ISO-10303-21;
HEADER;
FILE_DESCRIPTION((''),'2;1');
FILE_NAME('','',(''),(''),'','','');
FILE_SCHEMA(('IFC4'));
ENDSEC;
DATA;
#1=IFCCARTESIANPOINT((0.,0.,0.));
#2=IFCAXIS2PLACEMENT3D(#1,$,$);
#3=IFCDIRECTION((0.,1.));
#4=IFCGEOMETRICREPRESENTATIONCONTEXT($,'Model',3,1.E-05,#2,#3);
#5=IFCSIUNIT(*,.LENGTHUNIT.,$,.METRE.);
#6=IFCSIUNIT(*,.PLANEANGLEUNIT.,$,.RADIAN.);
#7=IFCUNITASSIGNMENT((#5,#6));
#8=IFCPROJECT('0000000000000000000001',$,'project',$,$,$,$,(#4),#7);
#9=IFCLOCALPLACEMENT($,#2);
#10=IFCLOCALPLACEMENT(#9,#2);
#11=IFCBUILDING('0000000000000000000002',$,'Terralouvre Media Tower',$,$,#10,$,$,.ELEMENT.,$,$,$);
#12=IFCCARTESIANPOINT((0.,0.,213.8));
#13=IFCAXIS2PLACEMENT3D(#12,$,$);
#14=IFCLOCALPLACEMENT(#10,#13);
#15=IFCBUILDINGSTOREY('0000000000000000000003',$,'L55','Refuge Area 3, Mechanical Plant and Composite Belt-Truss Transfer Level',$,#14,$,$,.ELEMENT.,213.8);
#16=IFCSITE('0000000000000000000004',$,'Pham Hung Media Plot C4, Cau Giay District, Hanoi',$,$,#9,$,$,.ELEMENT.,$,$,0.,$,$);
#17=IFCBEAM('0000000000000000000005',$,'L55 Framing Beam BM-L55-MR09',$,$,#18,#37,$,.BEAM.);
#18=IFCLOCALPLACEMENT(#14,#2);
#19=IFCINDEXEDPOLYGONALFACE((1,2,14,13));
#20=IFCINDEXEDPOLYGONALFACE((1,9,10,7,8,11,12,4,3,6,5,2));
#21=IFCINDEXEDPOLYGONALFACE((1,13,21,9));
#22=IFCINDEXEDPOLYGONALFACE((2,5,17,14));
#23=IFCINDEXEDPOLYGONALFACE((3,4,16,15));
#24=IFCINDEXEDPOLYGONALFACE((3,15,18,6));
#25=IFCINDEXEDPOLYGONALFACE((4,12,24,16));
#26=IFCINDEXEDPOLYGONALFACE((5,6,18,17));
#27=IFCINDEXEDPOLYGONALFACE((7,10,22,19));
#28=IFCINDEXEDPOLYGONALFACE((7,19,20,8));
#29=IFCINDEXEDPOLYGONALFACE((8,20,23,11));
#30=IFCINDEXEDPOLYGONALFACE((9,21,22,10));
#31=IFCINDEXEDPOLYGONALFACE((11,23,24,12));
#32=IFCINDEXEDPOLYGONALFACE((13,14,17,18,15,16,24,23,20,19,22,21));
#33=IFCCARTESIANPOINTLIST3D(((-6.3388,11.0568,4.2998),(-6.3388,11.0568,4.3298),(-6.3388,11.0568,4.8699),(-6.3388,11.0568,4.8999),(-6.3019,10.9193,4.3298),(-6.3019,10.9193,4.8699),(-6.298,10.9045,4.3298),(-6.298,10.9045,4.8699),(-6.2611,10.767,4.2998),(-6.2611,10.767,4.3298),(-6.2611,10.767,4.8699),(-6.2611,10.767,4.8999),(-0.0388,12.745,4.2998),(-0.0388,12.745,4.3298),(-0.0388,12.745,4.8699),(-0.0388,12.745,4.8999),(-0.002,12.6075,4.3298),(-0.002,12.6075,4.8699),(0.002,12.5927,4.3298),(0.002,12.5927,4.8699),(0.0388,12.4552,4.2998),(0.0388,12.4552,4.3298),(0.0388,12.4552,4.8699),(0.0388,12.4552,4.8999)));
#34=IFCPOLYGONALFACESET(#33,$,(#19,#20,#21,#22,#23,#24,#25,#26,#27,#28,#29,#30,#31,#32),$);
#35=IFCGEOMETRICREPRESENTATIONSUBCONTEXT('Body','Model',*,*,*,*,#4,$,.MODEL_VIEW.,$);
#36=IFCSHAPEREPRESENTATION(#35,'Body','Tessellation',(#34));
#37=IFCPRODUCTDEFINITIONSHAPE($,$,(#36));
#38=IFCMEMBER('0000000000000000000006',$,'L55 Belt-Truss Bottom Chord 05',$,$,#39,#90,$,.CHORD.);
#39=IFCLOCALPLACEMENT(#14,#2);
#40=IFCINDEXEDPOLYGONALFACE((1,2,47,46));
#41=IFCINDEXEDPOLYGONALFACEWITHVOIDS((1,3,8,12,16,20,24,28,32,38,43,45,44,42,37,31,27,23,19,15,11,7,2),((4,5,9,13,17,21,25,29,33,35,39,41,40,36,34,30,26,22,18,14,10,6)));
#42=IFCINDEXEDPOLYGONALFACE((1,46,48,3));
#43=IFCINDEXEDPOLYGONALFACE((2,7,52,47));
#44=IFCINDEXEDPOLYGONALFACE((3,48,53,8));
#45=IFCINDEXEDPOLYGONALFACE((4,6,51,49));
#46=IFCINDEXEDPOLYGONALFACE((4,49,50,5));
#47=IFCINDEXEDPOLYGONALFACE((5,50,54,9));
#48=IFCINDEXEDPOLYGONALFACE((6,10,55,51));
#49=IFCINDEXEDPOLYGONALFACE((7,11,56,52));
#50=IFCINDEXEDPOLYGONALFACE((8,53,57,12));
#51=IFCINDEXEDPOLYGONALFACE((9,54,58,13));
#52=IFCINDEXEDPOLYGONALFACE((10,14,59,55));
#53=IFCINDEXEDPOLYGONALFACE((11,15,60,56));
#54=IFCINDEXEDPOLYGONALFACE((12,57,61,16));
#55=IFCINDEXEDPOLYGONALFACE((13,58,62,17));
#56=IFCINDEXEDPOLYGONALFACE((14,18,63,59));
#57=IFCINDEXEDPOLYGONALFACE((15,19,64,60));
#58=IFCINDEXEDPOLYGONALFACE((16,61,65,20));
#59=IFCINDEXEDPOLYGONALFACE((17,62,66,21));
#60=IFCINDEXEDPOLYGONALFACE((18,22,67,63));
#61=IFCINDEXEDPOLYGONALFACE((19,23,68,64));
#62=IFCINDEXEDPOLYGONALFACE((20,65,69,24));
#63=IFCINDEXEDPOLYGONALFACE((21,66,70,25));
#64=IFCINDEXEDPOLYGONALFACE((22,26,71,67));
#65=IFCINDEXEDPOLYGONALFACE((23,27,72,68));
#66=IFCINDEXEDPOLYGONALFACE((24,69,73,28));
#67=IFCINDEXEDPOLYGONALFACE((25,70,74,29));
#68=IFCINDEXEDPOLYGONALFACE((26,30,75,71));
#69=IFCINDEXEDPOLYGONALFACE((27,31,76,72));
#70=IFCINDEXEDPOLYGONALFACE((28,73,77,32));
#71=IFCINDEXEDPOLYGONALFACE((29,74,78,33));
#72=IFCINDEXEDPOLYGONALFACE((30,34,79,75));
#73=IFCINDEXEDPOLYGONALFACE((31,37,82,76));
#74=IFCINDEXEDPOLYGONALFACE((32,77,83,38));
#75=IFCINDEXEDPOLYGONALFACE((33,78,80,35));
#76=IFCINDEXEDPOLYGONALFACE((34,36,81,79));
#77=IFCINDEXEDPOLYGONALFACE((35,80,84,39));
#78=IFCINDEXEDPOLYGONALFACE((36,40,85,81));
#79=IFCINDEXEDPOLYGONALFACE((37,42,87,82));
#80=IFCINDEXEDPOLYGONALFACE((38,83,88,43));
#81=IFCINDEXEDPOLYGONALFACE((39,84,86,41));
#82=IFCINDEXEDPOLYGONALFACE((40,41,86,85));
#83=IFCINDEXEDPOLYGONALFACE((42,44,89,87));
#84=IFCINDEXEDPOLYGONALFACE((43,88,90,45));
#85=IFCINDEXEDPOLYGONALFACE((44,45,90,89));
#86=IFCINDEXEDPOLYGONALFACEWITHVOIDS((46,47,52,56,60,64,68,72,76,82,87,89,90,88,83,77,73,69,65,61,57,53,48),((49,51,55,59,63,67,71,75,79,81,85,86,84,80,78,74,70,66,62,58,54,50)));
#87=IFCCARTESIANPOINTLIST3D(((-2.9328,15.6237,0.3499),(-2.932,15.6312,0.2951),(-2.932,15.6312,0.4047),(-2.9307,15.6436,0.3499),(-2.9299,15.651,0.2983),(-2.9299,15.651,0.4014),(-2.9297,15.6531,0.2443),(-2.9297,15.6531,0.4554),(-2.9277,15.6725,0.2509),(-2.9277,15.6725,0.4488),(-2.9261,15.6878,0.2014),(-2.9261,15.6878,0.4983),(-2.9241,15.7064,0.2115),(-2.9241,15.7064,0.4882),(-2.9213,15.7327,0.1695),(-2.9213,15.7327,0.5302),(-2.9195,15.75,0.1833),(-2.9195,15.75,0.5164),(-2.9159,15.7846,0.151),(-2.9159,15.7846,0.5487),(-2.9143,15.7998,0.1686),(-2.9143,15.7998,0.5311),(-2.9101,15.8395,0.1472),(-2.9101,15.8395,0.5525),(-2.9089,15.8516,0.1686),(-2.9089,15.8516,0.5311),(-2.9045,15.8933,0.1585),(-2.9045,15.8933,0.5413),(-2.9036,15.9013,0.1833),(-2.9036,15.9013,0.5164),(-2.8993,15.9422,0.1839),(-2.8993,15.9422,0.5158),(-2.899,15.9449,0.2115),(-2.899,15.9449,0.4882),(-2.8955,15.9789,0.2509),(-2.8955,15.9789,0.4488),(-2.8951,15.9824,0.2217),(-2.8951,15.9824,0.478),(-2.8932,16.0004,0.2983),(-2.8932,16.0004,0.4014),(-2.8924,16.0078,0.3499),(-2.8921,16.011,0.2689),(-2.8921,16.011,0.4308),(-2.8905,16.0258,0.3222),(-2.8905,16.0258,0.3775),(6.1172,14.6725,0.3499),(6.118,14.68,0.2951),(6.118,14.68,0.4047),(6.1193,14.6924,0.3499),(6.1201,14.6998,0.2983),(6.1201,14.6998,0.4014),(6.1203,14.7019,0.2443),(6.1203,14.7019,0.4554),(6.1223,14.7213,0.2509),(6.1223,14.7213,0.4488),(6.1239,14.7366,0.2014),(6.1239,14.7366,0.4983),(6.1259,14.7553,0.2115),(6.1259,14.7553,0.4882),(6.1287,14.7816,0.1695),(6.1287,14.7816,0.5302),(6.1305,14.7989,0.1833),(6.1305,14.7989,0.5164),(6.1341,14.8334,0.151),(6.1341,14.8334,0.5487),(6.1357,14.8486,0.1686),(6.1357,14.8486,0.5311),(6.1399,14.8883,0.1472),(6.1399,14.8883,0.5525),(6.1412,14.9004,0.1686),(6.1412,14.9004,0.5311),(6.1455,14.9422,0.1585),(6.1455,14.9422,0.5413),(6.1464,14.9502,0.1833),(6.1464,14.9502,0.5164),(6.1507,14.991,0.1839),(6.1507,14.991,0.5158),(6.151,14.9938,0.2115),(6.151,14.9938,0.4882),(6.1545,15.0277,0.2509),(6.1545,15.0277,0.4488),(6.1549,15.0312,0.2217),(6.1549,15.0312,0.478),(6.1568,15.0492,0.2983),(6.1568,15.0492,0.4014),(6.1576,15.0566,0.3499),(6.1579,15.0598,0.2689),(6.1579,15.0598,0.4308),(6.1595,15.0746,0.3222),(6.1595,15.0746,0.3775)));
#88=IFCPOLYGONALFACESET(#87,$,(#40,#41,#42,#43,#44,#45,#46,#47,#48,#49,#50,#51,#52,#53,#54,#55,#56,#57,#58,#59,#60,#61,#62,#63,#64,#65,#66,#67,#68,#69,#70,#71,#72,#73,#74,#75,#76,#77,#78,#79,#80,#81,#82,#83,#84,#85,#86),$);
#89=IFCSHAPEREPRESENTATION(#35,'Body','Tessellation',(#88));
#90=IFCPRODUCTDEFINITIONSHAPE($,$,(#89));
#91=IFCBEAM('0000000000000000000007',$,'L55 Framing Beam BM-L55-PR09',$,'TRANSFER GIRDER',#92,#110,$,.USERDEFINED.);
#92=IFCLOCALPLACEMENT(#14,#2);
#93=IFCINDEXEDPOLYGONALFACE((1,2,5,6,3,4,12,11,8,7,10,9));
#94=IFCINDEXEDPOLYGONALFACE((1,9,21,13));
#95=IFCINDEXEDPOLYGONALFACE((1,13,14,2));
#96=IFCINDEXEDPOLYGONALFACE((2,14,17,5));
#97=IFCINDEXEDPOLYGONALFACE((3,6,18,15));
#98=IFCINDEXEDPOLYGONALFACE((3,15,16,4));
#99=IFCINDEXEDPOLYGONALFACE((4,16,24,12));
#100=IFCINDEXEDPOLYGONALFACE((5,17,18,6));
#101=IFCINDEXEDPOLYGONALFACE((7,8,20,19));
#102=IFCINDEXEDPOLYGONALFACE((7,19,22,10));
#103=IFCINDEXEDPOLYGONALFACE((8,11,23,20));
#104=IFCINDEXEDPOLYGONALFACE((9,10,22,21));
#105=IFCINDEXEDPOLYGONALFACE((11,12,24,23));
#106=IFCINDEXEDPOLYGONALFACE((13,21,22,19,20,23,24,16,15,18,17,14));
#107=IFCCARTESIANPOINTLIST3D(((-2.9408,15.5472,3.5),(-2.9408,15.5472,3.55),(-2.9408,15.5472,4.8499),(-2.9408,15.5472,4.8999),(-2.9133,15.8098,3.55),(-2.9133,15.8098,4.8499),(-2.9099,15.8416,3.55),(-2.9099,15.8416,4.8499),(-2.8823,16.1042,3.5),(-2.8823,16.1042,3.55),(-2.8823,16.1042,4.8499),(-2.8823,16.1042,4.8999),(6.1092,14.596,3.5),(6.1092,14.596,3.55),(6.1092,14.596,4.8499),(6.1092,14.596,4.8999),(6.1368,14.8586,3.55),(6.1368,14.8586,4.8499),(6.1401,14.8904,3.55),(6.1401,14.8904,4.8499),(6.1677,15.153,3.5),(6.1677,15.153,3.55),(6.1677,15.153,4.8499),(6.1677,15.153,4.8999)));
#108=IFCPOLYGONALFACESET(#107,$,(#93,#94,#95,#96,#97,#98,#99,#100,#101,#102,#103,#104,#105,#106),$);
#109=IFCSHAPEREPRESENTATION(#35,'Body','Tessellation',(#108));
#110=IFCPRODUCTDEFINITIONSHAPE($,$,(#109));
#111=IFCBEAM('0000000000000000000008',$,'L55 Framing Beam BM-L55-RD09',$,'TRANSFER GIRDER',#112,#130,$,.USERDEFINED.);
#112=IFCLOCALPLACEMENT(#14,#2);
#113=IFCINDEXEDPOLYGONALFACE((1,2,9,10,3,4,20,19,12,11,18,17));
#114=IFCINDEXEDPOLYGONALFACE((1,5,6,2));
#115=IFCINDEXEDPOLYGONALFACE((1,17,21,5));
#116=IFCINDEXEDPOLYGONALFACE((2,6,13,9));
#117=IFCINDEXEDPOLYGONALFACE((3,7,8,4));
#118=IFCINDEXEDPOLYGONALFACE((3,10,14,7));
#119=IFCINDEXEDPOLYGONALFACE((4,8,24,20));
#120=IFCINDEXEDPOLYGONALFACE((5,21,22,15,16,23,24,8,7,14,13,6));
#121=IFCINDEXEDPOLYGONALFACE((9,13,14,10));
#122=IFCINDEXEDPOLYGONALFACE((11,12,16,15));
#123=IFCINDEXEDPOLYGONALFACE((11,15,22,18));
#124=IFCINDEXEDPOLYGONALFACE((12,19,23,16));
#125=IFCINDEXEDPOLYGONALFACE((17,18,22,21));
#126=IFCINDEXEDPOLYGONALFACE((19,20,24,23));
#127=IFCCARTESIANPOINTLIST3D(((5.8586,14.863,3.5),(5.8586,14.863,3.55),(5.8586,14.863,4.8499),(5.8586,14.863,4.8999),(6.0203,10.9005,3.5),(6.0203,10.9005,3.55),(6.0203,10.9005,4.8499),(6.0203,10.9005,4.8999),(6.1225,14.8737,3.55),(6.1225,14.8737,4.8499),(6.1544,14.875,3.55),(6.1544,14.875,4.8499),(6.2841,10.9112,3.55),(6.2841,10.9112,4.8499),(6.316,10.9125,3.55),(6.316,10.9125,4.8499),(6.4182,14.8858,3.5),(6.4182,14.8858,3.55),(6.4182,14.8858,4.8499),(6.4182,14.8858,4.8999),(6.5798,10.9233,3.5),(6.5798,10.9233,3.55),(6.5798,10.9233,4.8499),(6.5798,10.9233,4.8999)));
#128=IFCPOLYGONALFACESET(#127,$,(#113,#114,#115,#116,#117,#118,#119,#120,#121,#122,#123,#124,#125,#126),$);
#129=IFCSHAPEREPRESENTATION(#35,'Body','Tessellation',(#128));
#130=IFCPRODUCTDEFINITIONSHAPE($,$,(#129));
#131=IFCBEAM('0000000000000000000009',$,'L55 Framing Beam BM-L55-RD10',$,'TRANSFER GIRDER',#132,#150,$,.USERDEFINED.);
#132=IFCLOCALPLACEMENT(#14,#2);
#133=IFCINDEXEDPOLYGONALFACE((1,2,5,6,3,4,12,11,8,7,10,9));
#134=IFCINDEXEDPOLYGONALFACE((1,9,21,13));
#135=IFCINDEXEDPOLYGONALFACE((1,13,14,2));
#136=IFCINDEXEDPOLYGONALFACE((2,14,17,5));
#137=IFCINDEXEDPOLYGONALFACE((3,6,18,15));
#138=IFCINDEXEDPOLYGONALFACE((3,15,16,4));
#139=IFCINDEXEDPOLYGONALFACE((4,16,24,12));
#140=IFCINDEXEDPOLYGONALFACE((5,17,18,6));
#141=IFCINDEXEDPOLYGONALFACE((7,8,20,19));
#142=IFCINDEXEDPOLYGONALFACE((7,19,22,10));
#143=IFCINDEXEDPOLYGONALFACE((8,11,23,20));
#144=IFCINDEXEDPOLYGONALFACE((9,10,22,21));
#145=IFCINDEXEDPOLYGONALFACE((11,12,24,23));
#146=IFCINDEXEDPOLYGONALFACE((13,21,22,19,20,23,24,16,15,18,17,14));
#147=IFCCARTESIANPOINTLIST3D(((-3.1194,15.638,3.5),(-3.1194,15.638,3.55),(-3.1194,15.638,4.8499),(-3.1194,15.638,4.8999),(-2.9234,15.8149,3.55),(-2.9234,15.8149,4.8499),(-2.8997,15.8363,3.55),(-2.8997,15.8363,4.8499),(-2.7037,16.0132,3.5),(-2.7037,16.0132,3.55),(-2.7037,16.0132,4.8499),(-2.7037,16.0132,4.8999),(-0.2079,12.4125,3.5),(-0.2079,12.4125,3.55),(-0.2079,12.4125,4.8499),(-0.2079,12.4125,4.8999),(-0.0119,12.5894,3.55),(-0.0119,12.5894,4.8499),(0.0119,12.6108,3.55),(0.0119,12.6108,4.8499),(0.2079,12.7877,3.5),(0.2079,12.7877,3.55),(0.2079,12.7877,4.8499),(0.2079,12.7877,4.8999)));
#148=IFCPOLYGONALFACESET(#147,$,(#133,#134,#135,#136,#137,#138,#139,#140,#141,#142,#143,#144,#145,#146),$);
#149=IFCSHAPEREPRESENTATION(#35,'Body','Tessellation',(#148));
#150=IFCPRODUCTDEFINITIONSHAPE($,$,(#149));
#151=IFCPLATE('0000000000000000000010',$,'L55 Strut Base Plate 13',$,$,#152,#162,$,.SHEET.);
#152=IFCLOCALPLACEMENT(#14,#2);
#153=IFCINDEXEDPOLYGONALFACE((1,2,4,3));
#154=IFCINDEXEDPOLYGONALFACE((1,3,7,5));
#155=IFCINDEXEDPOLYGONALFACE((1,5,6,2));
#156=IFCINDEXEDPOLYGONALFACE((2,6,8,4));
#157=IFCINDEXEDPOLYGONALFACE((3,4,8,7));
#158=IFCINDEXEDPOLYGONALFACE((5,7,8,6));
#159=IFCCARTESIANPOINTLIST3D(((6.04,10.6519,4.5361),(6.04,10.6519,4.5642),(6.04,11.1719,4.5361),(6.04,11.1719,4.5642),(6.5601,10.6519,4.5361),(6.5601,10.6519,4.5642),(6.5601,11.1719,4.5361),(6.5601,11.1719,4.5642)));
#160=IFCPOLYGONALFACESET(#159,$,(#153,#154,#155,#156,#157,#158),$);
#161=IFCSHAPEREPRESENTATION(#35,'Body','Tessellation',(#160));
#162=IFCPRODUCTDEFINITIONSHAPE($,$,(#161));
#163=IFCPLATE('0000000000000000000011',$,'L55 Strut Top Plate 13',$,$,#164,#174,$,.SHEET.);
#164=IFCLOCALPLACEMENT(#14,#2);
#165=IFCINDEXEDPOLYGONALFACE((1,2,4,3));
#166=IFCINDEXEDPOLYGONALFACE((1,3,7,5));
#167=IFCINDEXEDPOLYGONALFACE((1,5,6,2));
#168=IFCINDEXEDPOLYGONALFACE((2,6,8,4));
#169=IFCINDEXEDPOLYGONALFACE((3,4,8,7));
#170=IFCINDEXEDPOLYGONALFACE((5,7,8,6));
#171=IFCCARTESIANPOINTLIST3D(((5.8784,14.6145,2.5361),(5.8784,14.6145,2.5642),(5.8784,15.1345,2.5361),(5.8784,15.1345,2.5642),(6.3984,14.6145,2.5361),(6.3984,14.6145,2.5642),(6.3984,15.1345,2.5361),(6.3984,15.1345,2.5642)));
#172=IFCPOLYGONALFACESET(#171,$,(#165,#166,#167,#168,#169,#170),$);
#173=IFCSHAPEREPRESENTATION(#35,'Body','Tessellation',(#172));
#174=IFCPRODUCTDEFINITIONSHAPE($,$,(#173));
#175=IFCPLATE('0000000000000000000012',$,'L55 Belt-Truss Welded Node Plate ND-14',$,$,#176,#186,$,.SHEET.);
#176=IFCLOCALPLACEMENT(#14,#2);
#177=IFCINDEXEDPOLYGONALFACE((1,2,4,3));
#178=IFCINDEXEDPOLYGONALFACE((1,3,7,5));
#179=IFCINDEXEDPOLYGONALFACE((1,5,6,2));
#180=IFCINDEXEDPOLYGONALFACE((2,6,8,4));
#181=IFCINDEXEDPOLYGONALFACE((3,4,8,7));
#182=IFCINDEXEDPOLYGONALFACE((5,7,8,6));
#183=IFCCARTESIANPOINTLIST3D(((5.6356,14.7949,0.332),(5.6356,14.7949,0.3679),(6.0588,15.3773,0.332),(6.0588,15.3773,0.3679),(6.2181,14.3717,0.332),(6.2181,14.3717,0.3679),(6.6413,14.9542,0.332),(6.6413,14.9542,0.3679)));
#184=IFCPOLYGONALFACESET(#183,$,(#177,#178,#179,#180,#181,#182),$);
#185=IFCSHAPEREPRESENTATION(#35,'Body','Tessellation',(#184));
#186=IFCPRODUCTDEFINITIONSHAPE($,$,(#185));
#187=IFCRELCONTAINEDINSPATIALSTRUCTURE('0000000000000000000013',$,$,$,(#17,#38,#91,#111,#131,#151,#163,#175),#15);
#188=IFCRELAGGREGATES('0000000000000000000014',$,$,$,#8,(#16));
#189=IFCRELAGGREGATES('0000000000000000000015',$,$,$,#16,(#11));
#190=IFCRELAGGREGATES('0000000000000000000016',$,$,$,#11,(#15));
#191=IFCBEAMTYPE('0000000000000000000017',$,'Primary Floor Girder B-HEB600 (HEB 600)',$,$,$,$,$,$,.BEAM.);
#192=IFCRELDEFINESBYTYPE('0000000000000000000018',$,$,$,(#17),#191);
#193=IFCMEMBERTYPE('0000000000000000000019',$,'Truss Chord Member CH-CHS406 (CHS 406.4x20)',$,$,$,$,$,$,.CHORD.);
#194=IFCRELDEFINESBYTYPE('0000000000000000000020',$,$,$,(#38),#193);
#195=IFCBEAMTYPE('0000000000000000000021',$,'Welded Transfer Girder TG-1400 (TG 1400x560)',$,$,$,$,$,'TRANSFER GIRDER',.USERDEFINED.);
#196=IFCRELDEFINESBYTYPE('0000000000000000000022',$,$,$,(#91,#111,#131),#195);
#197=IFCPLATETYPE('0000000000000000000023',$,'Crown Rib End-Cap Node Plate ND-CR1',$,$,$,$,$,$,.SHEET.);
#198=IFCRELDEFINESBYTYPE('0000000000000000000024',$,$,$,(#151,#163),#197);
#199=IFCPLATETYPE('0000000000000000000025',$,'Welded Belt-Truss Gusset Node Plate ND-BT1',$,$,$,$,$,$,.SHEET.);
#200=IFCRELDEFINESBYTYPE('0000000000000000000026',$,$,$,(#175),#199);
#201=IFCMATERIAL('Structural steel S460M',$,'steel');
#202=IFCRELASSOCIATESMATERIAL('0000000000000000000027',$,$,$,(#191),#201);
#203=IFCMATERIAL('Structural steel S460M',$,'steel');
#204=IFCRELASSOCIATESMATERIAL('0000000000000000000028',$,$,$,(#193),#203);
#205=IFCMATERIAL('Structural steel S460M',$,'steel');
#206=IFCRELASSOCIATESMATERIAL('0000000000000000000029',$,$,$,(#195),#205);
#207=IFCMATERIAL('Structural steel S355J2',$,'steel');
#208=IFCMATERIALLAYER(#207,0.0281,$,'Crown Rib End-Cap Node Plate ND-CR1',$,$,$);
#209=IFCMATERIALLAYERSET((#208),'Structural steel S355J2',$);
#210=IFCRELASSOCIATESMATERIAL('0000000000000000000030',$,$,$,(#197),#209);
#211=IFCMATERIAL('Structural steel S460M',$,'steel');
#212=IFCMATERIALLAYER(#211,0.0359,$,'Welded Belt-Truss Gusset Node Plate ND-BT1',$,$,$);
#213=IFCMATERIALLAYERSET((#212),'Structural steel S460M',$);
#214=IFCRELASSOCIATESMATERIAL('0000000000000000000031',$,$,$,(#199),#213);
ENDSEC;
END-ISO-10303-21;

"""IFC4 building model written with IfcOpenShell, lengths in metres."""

from ifc_helpers import new_model, si_unit, direction, frame, origin, origin_2d, place, context, subcontext, project, spatial, rectangle, hollow_circle, i_section, extrude, material, layer, layer_set, material_profile, profile_set, type_object, element, save


model = new_model("IFC4")

# Units and contexts
model_context = context("Model", 3, precision=1e-05, world=origin(), true_north=direction((0.0, 1.0)))
body_context = subcontext(model_context, "Body", "Model", "MODEL_VIEW")
ifc_project = project(units=[si_unit("LENGTHUNIT", "METRE"), si_unit("PLANEANGLEUNIT", "RADIAN")], contexts=[model_context])

# Site, building, storey
site_placement = place(None, origin())
site = spatial("IfcSite", under=ifc_project, at=site_placement, Name="Pham Hung Media Plot C4, Cau Giay District, Hanoi", CompositionType="ELEMENT", RefElevation=0.0)
building_placement = place(site_placement, origin())
building = spatial("IfcBuilding", under=site, at=building_placement, Name="Terralouvre Media Tower", CompositionType="ELEMENT")
storey_placement = place(building_placement, frame((0.0, 0.0, 213.8)))
storey = spatial("IfcBuildingStorey", under=building, at=storey_placement, Name="L55", Description="Refuge Area 3, Mechanical Plant and Composite Belt-Truss Transfer Level", CompositionType="ELEMENT", Elevation=213.8)

# Beam
ifc_material_1 = material(Name="Structural steel S460M", Category="steel")
ifc_material_profile_1 = material_profile(ifc_material_1, i_section(OverallWidth=0.3, OverallDepth=0.6001, WebThickness=0.0154, FlangeThickness=0.03, at=origin_2d()), Name="HEB 600")
ifc_profile_set_1 = profile_set([ifc_material_profile_1], Name="Structural steel S460M")
beam_type_1 = type_object("IfcBeamType", Name="Primary Floor Girder B-HEB600 (HEB 600)", PredefinedType="BEAM", material=ifc_profile_set_1)
for number, where, z_axis, x_axis, name in (
    (1, (0.0, 12.6001, 4.5999), (-0.96592, -0.258839, 0.0), (0.258839, -0.96592, 0.0), "L55 Framing Beam BM-L55-MR09"),
):
    element("IfcBeam", number, at=place(storey_placement, frame(where, z_axis=z_axis, x_axis=x_axis)), inside=storey, type_object=beam_type_1, Name=name, PredefinedType="BEAM", context=body_context, shape_type="SweptSolid", body=[
        extrude(i_section(OverallWidth=0.3, OverallDepth=0.6001, WebThickness=0.0154, FlangeThickness=0.03, at=origin_2d()), origin(), (0.0, 0.0, 1.0), 6.5222),
    ])

# Member
ifc_material_2 = material(Name="Structural steel S460M", Category="steel")
ifc_material_profile_2 = material_profile(ifc_material_2, hollow_circle(Radius=0.2031, WallThickness=0.02, at=origin_2d()), Name="CHS 406.4x20")
ifc_profile_set_2 = profile_set([ifc_material_profile_2], Name="Structural steel S460M")
member_type_1 = type_object("IfcMemberType", Name="Truss Chord Member CH-CHS406 (CHS 406.4x20)", PredefinedType="CHORD", material=ifc_profile_set_2)
member_1_placement = place(storey_placement, frame((6.1384, 14.8745, 0.3499), z_axis=(-0.994522, 0.104526, 0.0), x_axis=(-0.104526, -0.994522, 0.0)))
element("IfcMember", 2, at=member_1_placement, inside=storey, type_object=member_type_1, Name="L55 Belt-Truss Bottom Chord 05", PredefinedType="CHORD", context=body_context, shape_type="SweptSolid", body=[
    extrude(hollow_circle(Radius=0.2031, WallThickness=0.02, at=origin_2d()), origin(), (0.0, 0.0, 1.0), 9.0999),
])

# Beams
ifc_material_3 = material(Name="Structural steel S460M", Category="steel")
ifc_material_profile_3 = material_profile(ifc_material_3, i_section(OverallWidth=0.5601, OverallDepth=1.3999, WebThickness=0.032, FlangeThickness=0.05, at=origin_2d()), Name="TG 1400x560")
ifc_profile_set_3 = profile_set([ifc_material_profile_3], Name="Structural steel S460M")
beam_type_2 = type_object("IfcBeamType", Name="Welded Transfer Girder TG-1400 (TG 1400x560)", ElementType="TRANSFER GIRDER", PredefinedType="USERDEFINED", material=ifc_profile_set_3)
beam_1_placement = place(storey_placement, frame((6.1384, 14.8745, 4.2), z_axis=(-0.994522, 0.104526, 0.0), x_axis=(-0.104526, -0.994522, 0.0)))
element("IfcBeam", 3, at=beam_1_placement, inside=storey, type_object=beam_type_2, Name="L55 Framing Beam BM-L55-PR09", ObjectType="TRANSFER GIRDER", PredefinedType="USERDEFINED", context=body_context, shape_type="SweptSolid", body=[
    extrude(i_section(OverallWidth=0.5601, OverallDepth=1.3999, WebThickness=0.032, FlangeThickness=0.05, at=origin_2d()), origin(), (0.0, 0.0, 1.0), 9.0999),
])
beam_2_placement = place(storey_placement, frame((6.3, 10.9119, 4.2), z_axis=(-0.040752, 0.999169, 0.0), x_axis=(-0.999169, -0.040752, 0.0)))
element("IfcBeam", 4, at=beam_2_placement, inside=storey, type_object=beam_type_2, Name="L55 Framing Beam BM-L55-RD09", ObjectType="TRANSFER GIRDER", PredefinedType="USERDEFINED", context=body_context, shape_type="SweptSolid", body=[
    extrude(i_section(OverallWidth=0.5601, OverallDepth=1.3999, WebThickness=0.032, FlangeThickness=0.05, at=origin_2d()), origin(), (0.0, 0.0, 1.0), 3.9658),
])
beam_3_placement = place(storey_placement, frame((0.0, 12.6001, 4.2), z_axis=(-0.670057, 0.74231, 0.0), x_axis=(-0.74231, -0.670057, 0.0)))
element("IfcBeam", 5, at=beam_3_placement, inside=storey, type_object=beam_type_2, Name="L55 Framing Beam BM-L55-RD10", ObjectType="TRANSFER GIRDER", PredefinedType="USERDEFINED", context=body_context, shape_type="SweptSolid", body=[
    extrude(i_section(OverallWidth=0.5601, OverallDepth=1.3999, WebThickness=0.032, FlangeThickness=0.05, at=origin_2d()), origin(), (0.0, 0.0, 1.0), 4.3452),
])

# Plates
ifc_material_4 = material(Name="Structural steel S355J2", Category="steel")
ifc_layer_1 = layer(ifc_material_4, 0.0281, Name="Crown Rib End-Cap Node Plate ND-CR1")
ifc_layer_set_1 = layer_set([ifc_layer_1], Name="Structural steel S355J2")
plate_type_1 = type_object("IfcPlateType", Name="Crown Rib End-Cap Node Plate ND-CR1", PredefinedType="SHEET", material=ifc_layer_set_1)
for number, where, z_axis, x_axis, name in (
    (6, (6.3, 10.9119, 4.5361), (0.0, 0.0, 1.0), (1.0, 0.0, 0.0), "L55 Strut Base Plate 13"),
    (7, (6.1384, 14.8745, 2.5361), (0.0, 0.0, 1.0), (1.0, 0.0, 0.0), "L55 Strut Top Plate 13"),
):
    element("IfcPlate", number, at=place(storey_placement, frame(where, z_axis=z_axis, x_axis=x_axis)), inside=storey, type_object=plate_type_1, Name=name, PredefinedType="SHEET", context=body_context, shape_type="SweptSolid", body=[
        extrude(rectangle(XDim=0.52, YDim=0.52, at=origin_2d()), origin(), (0.0, 0.0, 1.0), 0.0281),
    ])
ifc_material_5 = material(Name="Structural steel S460M", Category="steel")
ifc_layer_2 = layer(ifc_material_5, 0.0359, Name="Welded Belt-Truss Gusset Node Plate ND-BT1")
ifc_layer_set_2 = layer_set([ifc_layer_2], Name="Structural steel S460M")
plate_type_2 = type_object("IfcPlateType", Name="Welded Belt-Truss Gusset Node Plate ND-BT1", PredefinedType="SHEET", material=ifc_layer_set_2)
for number, where, z_axis, x_axis, name in (
    (8, (6.1384, 14.8745, 0.332), (0.0, 0.0, 1.0), (0.587785, 0.809017, 0.0), "L55 Belt-Truss Welded Node Plate ND-14"),
):
    element("IfcPlate", number, at=place(storey_placement, frame(where, z_axis=z_axis, x_axis=x_axis)), inside=storey, type_object=plate_type_2, Name=name, PredefinedType="SHEET", context=body_context, shape_type="SweptSolid", body=[
        extrude(rectangle(XDim=0.72, YDim=0.72, at=origin_2d()), origin(), (0.0, 0.0, 1.0), 0.0359),
    ])

save(model, "model.ifc")
